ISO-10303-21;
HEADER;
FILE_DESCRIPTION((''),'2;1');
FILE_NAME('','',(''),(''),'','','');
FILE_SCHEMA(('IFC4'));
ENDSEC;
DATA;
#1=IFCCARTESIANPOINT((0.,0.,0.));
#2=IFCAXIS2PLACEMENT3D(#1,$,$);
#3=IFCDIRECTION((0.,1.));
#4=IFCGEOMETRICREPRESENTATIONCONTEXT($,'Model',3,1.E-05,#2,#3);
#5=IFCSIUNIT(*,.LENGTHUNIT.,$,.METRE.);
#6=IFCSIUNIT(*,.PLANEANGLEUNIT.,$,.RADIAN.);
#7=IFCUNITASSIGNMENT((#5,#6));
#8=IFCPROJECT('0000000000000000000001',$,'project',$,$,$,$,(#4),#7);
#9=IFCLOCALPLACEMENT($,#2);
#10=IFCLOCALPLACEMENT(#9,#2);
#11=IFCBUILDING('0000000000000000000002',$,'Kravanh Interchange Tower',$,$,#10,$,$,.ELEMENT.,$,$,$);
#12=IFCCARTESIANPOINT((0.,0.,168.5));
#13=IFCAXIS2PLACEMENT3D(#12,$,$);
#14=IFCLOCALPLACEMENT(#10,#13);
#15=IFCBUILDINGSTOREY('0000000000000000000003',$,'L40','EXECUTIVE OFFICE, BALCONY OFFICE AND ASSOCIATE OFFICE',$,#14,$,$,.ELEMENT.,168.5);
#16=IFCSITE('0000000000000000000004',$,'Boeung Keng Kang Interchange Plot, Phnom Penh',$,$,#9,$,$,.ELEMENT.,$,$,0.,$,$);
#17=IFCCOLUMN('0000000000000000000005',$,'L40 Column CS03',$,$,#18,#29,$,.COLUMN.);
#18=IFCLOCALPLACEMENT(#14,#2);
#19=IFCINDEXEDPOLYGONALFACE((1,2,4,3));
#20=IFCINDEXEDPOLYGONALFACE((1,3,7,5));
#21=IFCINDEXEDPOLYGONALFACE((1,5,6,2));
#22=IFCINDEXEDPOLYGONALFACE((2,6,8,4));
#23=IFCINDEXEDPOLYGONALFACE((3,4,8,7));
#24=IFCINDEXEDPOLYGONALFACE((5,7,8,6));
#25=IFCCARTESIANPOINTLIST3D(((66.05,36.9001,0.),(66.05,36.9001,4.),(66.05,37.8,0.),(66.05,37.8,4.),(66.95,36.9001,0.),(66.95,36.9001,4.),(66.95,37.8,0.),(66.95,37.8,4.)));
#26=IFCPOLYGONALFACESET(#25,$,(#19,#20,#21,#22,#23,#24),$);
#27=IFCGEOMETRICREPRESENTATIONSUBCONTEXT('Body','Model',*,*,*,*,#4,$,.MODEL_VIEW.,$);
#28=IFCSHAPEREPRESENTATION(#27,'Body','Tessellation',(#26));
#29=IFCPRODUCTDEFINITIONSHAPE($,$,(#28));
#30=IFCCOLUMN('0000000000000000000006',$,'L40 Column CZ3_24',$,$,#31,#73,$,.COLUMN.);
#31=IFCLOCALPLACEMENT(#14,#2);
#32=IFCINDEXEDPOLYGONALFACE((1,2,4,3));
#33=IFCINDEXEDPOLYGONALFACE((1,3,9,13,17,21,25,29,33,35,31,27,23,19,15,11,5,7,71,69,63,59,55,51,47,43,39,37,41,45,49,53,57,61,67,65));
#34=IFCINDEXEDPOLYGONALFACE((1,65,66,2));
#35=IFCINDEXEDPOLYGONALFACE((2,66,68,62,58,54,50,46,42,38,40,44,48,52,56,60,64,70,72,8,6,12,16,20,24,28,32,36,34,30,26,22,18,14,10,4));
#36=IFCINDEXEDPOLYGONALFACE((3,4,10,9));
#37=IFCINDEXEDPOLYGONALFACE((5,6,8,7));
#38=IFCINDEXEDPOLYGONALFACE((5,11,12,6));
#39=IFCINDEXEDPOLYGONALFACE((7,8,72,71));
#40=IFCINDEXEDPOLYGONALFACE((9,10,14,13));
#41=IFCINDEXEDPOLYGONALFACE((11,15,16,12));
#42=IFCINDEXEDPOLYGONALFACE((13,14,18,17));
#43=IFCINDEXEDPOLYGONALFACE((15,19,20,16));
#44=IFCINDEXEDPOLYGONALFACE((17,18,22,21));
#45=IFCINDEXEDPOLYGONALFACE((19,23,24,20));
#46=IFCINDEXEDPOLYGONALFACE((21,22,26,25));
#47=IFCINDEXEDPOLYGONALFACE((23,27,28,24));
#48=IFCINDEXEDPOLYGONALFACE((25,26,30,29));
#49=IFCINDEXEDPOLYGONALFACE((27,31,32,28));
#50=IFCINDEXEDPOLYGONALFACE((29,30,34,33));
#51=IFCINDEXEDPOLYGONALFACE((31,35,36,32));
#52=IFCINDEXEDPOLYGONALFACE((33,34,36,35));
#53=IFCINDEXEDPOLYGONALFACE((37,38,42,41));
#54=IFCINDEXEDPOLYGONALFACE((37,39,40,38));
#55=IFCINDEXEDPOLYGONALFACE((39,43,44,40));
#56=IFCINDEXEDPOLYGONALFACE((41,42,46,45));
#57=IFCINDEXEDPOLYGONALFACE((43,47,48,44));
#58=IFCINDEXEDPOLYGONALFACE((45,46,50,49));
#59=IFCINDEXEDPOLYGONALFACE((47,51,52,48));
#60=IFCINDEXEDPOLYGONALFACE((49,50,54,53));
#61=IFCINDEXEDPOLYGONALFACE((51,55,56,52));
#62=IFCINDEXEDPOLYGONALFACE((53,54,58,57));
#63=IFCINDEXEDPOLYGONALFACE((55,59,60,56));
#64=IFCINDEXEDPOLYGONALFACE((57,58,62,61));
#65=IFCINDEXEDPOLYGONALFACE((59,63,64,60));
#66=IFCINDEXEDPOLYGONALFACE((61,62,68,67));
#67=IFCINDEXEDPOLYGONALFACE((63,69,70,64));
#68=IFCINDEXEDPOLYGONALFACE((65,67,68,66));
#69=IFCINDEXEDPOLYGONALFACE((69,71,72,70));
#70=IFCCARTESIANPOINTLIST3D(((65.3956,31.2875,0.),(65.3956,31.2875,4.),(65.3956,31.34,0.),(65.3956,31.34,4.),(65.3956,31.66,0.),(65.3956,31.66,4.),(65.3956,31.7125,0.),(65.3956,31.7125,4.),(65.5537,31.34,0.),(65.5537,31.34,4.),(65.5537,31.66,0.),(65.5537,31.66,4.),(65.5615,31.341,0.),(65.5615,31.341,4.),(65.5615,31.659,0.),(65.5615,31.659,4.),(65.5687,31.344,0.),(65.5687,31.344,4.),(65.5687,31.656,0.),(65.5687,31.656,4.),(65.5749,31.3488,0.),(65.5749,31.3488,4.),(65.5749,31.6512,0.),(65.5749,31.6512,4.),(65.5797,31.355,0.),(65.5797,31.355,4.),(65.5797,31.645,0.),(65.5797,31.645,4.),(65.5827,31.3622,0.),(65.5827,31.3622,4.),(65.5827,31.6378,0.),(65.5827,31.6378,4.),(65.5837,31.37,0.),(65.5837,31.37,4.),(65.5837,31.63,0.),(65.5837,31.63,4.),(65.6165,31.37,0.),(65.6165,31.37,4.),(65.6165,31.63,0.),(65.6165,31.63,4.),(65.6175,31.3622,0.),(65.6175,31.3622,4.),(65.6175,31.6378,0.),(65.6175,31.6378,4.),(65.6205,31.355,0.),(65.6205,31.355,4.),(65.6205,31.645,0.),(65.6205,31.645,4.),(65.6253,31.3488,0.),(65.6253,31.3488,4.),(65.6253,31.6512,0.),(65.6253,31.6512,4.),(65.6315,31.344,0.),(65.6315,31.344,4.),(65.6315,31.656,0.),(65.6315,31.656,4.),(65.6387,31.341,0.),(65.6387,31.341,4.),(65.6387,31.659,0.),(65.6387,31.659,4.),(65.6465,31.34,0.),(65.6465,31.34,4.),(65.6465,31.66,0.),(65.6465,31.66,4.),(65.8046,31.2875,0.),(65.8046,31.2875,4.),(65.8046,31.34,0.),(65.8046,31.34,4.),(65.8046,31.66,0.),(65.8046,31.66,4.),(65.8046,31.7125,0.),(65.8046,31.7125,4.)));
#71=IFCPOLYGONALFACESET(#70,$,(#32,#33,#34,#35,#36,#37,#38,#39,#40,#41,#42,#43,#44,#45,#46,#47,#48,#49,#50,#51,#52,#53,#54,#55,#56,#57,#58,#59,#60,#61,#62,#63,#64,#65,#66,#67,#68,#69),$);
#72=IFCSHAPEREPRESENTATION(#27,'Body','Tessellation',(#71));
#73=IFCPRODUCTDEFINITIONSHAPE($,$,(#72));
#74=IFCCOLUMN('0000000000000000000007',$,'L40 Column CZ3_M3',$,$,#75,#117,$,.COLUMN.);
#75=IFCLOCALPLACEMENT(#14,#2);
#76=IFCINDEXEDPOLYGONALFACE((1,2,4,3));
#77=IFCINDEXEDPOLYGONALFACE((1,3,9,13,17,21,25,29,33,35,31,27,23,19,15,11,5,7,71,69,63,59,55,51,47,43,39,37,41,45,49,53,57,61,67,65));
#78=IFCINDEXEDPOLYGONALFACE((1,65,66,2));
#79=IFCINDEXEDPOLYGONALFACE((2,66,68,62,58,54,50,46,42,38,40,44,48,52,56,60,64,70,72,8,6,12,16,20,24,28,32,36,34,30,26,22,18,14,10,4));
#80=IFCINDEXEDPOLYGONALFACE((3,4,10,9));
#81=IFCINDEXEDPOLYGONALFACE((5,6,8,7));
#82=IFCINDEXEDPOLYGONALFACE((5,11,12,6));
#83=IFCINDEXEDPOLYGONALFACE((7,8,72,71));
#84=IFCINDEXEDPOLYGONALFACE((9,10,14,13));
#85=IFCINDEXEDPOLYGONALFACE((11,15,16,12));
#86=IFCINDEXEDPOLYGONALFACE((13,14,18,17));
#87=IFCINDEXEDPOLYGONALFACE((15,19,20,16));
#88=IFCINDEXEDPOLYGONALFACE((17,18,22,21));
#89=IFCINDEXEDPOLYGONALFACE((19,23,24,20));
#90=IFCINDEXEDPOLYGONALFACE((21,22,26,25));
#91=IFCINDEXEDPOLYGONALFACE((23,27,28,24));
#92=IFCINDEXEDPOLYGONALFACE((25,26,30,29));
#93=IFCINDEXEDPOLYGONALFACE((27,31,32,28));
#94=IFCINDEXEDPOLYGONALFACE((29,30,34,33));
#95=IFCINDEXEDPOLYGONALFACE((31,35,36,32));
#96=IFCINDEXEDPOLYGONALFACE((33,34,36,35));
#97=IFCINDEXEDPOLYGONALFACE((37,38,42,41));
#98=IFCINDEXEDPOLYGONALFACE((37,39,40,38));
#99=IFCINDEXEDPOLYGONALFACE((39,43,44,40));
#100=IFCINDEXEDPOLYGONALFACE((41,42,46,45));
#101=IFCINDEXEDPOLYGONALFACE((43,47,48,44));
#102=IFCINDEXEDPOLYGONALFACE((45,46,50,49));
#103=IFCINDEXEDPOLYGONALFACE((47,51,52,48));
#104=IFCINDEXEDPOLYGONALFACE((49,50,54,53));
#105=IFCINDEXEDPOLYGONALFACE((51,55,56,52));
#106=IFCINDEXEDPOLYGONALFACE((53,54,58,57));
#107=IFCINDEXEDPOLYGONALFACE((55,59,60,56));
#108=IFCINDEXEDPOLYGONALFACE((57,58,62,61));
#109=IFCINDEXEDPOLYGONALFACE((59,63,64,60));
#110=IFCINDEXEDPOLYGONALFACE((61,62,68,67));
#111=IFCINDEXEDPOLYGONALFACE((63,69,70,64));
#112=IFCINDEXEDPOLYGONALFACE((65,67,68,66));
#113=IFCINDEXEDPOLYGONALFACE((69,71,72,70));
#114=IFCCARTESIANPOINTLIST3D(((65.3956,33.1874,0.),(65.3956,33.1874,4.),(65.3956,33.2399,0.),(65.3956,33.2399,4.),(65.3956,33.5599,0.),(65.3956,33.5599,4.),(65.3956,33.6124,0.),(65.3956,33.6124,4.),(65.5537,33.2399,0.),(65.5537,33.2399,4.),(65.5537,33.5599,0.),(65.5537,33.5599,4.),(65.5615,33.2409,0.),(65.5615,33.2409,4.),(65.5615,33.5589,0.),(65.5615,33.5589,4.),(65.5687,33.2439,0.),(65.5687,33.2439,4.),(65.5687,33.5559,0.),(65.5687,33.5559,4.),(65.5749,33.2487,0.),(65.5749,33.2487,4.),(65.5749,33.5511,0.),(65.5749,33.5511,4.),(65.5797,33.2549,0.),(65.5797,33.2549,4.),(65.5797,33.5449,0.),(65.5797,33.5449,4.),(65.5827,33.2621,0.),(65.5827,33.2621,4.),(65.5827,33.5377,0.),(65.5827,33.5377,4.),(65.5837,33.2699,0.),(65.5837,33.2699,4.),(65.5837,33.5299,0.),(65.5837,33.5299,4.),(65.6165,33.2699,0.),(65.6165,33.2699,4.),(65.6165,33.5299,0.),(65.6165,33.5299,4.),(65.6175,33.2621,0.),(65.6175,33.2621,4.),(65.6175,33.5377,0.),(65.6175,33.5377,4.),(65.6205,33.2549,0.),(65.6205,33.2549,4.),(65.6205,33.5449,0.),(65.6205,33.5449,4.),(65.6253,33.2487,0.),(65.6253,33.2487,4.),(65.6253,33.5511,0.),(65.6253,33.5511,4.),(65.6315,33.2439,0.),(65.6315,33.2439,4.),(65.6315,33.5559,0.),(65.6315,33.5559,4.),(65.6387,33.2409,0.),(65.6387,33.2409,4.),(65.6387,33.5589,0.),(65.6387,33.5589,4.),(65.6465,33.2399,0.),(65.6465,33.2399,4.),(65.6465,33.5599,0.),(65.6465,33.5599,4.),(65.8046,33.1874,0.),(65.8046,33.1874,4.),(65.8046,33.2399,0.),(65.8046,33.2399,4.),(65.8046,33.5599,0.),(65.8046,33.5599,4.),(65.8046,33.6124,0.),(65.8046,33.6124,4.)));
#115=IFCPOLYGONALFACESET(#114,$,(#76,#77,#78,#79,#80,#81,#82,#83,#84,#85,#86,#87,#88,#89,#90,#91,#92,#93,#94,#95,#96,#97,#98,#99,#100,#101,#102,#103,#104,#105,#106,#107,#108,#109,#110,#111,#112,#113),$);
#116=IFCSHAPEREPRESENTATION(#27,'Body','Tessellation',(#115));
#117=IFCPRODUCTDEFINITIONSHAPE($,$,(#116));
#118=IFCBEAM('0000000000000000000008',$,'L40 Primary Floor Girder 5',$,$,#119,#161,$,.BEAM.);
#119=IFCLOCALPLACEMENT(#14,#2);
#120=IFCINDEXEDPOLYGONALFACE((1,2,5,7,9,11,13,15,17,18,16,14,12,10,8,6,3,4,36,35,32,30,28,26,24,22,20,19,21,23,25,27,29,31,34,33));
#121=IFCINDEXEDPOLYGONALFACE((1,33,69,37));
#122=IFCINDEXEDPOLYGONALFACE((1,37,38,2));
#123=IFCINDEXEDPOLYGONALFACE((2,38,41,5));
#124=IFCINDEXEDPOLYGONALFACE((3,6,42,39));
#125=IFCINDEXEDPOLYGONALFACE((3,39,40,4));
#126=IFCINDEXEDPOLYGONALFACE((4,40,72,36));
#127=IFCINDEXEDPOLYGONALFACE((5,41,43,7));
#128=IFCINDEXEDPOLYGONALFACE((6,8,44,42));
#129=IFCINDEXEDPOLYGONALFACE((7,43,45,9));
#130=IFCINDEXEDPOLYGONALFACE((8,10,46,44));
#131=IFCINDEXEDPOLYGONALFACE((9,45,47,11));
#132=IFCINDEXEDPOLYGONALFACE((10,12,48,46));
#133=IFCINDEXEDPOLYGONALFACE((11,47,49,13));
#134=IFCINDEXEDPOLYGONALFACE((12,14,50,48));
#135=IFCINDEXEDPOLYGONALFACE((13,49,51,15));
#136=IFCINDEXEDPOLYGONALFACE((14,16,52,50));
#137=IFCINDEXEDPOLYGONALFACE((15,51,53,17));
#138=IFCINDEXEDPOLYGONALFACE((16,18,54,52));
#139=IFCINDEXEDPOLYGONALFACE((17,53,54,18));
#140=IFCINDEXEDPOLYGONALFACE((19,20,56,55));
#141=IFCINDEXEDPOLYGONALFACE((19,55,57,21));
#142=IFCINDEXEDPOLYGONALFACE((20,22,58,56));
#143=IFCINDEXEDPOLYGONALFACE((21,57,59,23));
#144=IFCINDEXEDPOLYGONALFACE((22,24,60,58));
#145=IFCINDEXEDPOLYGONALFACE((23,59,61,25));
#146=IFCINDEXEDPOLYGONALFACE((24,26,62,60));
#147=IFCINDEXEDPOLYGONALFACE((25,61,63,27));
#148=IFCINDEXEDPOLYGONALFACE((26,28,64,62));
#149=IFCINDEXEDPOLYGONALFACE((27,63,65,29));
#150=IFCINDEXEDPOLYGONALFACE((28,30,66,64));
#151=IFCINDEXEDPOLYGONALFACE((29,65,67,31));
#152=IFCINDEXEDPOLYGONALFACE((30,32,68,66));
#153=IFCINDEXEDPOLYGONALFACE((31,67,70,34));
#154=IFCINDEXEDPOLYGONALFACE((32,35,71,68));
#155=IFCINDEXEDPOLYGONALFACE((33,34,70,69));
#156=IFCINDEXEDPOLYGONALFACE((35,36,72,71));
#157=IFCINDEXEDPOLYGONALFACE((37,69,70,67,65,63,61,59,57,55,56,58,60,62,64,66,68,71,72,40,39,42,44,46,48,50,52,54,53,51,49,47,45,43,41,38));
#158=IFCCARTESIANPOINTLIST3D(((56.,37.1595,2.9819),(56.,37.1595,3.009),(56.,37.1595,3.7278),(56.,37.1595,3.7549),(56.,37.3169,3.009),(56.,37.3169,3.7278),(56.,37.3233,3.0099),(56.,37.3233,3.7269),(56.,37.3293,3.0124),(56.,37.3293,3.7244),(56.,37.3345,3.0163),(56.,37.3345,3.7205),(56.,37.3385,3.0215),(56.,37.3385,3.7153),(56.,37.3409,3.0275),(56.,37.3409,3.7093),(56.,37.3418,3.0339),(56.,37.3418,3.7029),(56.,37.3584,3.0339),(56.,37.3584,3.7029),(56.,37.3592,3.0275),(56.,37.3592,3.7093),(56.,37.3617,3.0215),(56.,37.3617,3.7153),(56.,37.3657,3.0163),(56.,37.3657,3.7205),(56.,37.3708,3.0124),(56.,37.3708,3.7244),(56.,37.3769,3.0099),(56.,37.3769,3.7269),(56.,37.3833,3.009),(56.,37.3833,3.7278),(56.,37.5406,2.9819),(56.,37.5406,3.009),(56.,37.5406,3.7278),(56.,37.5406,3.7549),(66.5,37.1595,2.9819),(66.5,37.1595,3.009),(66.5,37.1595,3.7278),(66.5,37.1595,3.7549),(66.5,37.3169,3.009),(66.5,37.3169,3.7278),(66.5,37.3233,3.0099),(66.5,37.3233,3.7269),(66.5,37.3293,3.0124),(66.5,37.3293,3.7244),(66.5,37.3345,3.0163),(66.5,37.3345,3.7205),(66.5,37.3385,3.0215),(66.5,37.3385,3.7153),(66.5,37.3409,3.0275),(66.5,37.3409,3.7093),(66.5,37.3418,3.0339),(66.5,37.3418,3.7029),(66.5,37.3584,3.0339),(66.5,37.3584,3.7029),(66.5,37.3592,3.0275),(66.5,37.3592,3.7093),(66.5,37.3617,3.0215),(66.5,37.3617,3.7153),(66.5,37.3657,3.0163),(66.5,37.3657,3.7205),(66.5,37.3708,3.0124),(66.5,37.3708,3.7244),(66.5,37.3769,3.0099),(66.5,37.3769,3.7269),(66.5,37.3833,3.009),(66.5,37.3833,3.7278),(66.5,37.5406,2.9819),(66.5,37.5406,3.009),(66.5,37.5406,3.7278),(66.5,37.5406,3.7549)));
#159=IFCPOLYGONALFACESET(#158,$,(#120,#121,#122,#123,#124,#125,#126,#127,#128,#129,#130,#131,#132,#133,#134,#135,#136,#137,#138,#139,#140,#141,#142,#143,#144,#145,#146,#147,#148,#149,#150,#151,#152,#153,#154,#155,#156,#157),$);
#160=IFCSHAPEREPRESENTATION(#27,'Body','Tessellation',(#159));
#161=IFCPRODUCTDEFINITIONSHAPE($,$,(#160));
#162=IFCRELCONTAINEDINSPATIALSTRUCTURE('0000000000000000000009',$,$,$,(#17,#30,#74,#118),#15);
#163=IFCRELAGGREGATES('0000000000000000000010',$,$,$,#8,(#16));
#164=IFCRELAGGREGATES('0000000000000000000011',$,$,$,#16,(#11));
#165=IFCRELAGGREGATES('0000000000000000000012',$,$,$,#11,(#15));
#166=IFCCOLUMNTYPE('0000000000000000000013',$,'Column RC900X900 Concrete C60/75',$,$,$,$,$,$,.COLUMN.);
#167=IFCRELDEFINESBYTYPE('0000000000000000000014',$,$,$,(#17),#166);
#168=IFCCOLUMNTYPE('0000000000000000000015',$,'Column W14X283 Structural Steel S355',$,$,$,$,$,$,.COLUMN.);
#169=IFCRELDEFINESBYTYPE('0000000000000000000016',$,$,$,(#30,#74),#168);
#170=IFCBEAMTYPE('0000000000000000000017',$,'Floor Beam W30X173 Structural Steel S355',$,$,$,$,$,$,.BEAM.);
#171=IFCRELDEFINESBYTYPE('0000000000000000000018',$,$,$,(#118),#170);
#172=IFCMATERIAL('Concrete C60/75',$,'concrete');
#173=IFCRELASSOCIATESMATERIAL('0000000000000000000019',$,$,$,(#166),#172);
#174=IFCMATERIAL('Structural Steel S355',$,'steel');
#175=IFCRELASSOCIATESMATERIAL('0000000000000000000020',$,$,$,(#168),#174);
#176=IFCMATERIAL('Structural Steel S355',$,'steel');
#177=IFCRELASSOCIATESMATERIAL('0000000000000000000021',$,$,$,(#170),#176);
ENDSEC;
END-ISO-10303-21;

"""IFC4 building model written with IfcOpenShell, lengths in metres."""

from ifc_helpers import new_model, si_unit, direction, frame, origin, origin_2d, place, context, subcontext, project, spatial, rectangle, i_section, extrude, material, material_profile, profile_set, type_object, element, save


model = new_model("IFC4")

# Units and contexts
model_context = context("Model", 3, precision=1e-05, world=origin(), true_north=direction((0.0, 1.0)))
body_context = subcontext(model_context, "Body", "Model", "MODEL_VIEW")
ifc_project = project(units=[si_unit("LENGTHUNIT", "METRE"), si_unit("PLANEANGLEUNIT", "RADIAN")], contexts=[model_context])

# Site, building, storey
site_placement = place(None, origin())
site = spatial("IfcSite", under=ifc_project, at=site_placement, Name="Boeung Keng Kang Interchange Plot, Phnom Penh", CompositionType="ELEMENT", RefElevation=0.0)
building_placement = place(site_placement, origin())
building = spatial("IfcBuilding", under=site, at=building_placement, Name="Kravanh Interchange Tower", CompositionType="ELEMENT")
storey_placement = place(building_placement, frame((0.0, 0.0, 168.5)))
storey = spatial("IfcBuildingStorey", under=building, at=storey_placement, Name="L40", Description="EXECUTIVE OFFICE, BALCONY OFFICE AND ASSOCIATE OFFICE", CompositionType="ELEMENT", Elevation=168.5)

# Columns
ifc_material_1 = material(Name="Concrete C60/75", Category="concrete")
ifc_material_profile_1 = material_profile(ifc_material_1, rectangle(XDim=0.8999, YDim=0.8999, at=origin_2d()), Name="RC900X900")
ifc_profile_set_1 = profile_set([ifc_material_profile_1], Name="Concrete C60/75")
column_type_1 = type_object("IfcColumnType", Name="Column RC900X900 Concrete C60/75", PredefinedType="COLUMN", material=ifc_profile_set_1)
column_placement = place(storey_placement, frame((66.5, 37.3501, 0.0), z_axis=(0.0, 0.0, 1.0), x_axis=(1.0, 0.0, 0.0)))
element("IfcColumn", 1, at=column_placement, inside=storey, type_object=column_type_1, Name="L40 Column CS03", PredefinedType="COLUMN", context=body_context, shape_type="SweptSolid", body=[
    extrude(rectangle(XDim=0.8999, YDim=0.8999, at=origin_2d()), origin(), (0.0, 0.0, 1.0), 4.0),
])
ifc_material_2 = material(Name="Structural Steel S355", Category="steel")
ifc_material_profile_2 = material_profile(ifc_material_2, i_section(OverallWidth=0.4089, OverallDepth=0.425, WebThickness=0.0327, FlangeThickness=0.0525, FilletRadius=0.03, at=origin_2d()), Name="W14X283")
ifc_profile_set_2 = profile_set([ifc_material_profile_2], Name="Structural Steel S355")
column_type_2 = type_object("IfcColumnType", Name="Column W14X283 Structural Steel S355", PredefinedType="COLUMN", material=ifc_profile_set_2)
for number, where, z_axis, x_axis, name in (
    (2, (65.6001, 31.5, 0.0), (0.0, 0.0, 1.0), (1.0, 0.0, 0.0), "L40 Column CZ3_24"),
    (3, (65.6001, 33.3999, 0.0), (0.0, 0.0, 1.0), (1.0, 0.0, 0.0), "L40 Column CZ3_M3"),
):
    element("IfcColumn", number, at=place(storey_placement, frame(where, z_axis=z_axis, x_axis=x_axis)), inside=storey, type_object=column_type_2, Name=name, PredefinedType="COLUMN", context=body_context, shape_type="SweptSolid", body=[
        extrude(i_section(OverallWidth=0.4089, OverallDepth=0.425, WebThickness=0.0327, FlangeThickness=0.0525, FilletRadius=0.03, at=origin_2d()), origin(), (0.0, 0.0, 1.0), 4.0),
    ])

# Beam
ifc_material_3 = material(Name="Structural Steel S355", Category="steel")
ifc_material_profile_3 = material_profile(ifc_material_3, i_section(OverallWidth=0.3811, OverallDepth=0.7729, WebThickness=0.0166, FlangeThickness=0.0271, FilletRadius=0.0249, at=origin_2d()), Name="W30X173")
ifc_profile_set_3 = profile_set([ifc_material_profile_3], Name="Structural Steel S355")
beam_type_1 = type_object("IfcBeamType", Name="Floor Beam W30X173 Structural Steel S355", PredefinedType="BEAM", material=ifc_profile_set_3)
beam_1_placement = place(storey_placement, frame((66.5, 37.3501, 3.3684), z_axis=(-1.0, 0.0, 0.0), x_axis=(0.0, -1.0, 0.0)))
element("IfcBeam", 4, at=beam_1_placement, inside=storey, type_object=beam_type_1, Name="L40 Primary Floor Girder 5", PredefinedType="BEAM", context=body_context, shape_type="SweptSolid", body=[
    extrude(i_section(OverallWidth=0.3811, OverallDepth=0.7729, WebThickness=0.0166, FlangeThickness=0.0271, FilletRadius=0.0249, at=origin_2d()), origin(), (0.0, 0.0, 1.0), 10.5),
])

save(model, "model.ifc")
